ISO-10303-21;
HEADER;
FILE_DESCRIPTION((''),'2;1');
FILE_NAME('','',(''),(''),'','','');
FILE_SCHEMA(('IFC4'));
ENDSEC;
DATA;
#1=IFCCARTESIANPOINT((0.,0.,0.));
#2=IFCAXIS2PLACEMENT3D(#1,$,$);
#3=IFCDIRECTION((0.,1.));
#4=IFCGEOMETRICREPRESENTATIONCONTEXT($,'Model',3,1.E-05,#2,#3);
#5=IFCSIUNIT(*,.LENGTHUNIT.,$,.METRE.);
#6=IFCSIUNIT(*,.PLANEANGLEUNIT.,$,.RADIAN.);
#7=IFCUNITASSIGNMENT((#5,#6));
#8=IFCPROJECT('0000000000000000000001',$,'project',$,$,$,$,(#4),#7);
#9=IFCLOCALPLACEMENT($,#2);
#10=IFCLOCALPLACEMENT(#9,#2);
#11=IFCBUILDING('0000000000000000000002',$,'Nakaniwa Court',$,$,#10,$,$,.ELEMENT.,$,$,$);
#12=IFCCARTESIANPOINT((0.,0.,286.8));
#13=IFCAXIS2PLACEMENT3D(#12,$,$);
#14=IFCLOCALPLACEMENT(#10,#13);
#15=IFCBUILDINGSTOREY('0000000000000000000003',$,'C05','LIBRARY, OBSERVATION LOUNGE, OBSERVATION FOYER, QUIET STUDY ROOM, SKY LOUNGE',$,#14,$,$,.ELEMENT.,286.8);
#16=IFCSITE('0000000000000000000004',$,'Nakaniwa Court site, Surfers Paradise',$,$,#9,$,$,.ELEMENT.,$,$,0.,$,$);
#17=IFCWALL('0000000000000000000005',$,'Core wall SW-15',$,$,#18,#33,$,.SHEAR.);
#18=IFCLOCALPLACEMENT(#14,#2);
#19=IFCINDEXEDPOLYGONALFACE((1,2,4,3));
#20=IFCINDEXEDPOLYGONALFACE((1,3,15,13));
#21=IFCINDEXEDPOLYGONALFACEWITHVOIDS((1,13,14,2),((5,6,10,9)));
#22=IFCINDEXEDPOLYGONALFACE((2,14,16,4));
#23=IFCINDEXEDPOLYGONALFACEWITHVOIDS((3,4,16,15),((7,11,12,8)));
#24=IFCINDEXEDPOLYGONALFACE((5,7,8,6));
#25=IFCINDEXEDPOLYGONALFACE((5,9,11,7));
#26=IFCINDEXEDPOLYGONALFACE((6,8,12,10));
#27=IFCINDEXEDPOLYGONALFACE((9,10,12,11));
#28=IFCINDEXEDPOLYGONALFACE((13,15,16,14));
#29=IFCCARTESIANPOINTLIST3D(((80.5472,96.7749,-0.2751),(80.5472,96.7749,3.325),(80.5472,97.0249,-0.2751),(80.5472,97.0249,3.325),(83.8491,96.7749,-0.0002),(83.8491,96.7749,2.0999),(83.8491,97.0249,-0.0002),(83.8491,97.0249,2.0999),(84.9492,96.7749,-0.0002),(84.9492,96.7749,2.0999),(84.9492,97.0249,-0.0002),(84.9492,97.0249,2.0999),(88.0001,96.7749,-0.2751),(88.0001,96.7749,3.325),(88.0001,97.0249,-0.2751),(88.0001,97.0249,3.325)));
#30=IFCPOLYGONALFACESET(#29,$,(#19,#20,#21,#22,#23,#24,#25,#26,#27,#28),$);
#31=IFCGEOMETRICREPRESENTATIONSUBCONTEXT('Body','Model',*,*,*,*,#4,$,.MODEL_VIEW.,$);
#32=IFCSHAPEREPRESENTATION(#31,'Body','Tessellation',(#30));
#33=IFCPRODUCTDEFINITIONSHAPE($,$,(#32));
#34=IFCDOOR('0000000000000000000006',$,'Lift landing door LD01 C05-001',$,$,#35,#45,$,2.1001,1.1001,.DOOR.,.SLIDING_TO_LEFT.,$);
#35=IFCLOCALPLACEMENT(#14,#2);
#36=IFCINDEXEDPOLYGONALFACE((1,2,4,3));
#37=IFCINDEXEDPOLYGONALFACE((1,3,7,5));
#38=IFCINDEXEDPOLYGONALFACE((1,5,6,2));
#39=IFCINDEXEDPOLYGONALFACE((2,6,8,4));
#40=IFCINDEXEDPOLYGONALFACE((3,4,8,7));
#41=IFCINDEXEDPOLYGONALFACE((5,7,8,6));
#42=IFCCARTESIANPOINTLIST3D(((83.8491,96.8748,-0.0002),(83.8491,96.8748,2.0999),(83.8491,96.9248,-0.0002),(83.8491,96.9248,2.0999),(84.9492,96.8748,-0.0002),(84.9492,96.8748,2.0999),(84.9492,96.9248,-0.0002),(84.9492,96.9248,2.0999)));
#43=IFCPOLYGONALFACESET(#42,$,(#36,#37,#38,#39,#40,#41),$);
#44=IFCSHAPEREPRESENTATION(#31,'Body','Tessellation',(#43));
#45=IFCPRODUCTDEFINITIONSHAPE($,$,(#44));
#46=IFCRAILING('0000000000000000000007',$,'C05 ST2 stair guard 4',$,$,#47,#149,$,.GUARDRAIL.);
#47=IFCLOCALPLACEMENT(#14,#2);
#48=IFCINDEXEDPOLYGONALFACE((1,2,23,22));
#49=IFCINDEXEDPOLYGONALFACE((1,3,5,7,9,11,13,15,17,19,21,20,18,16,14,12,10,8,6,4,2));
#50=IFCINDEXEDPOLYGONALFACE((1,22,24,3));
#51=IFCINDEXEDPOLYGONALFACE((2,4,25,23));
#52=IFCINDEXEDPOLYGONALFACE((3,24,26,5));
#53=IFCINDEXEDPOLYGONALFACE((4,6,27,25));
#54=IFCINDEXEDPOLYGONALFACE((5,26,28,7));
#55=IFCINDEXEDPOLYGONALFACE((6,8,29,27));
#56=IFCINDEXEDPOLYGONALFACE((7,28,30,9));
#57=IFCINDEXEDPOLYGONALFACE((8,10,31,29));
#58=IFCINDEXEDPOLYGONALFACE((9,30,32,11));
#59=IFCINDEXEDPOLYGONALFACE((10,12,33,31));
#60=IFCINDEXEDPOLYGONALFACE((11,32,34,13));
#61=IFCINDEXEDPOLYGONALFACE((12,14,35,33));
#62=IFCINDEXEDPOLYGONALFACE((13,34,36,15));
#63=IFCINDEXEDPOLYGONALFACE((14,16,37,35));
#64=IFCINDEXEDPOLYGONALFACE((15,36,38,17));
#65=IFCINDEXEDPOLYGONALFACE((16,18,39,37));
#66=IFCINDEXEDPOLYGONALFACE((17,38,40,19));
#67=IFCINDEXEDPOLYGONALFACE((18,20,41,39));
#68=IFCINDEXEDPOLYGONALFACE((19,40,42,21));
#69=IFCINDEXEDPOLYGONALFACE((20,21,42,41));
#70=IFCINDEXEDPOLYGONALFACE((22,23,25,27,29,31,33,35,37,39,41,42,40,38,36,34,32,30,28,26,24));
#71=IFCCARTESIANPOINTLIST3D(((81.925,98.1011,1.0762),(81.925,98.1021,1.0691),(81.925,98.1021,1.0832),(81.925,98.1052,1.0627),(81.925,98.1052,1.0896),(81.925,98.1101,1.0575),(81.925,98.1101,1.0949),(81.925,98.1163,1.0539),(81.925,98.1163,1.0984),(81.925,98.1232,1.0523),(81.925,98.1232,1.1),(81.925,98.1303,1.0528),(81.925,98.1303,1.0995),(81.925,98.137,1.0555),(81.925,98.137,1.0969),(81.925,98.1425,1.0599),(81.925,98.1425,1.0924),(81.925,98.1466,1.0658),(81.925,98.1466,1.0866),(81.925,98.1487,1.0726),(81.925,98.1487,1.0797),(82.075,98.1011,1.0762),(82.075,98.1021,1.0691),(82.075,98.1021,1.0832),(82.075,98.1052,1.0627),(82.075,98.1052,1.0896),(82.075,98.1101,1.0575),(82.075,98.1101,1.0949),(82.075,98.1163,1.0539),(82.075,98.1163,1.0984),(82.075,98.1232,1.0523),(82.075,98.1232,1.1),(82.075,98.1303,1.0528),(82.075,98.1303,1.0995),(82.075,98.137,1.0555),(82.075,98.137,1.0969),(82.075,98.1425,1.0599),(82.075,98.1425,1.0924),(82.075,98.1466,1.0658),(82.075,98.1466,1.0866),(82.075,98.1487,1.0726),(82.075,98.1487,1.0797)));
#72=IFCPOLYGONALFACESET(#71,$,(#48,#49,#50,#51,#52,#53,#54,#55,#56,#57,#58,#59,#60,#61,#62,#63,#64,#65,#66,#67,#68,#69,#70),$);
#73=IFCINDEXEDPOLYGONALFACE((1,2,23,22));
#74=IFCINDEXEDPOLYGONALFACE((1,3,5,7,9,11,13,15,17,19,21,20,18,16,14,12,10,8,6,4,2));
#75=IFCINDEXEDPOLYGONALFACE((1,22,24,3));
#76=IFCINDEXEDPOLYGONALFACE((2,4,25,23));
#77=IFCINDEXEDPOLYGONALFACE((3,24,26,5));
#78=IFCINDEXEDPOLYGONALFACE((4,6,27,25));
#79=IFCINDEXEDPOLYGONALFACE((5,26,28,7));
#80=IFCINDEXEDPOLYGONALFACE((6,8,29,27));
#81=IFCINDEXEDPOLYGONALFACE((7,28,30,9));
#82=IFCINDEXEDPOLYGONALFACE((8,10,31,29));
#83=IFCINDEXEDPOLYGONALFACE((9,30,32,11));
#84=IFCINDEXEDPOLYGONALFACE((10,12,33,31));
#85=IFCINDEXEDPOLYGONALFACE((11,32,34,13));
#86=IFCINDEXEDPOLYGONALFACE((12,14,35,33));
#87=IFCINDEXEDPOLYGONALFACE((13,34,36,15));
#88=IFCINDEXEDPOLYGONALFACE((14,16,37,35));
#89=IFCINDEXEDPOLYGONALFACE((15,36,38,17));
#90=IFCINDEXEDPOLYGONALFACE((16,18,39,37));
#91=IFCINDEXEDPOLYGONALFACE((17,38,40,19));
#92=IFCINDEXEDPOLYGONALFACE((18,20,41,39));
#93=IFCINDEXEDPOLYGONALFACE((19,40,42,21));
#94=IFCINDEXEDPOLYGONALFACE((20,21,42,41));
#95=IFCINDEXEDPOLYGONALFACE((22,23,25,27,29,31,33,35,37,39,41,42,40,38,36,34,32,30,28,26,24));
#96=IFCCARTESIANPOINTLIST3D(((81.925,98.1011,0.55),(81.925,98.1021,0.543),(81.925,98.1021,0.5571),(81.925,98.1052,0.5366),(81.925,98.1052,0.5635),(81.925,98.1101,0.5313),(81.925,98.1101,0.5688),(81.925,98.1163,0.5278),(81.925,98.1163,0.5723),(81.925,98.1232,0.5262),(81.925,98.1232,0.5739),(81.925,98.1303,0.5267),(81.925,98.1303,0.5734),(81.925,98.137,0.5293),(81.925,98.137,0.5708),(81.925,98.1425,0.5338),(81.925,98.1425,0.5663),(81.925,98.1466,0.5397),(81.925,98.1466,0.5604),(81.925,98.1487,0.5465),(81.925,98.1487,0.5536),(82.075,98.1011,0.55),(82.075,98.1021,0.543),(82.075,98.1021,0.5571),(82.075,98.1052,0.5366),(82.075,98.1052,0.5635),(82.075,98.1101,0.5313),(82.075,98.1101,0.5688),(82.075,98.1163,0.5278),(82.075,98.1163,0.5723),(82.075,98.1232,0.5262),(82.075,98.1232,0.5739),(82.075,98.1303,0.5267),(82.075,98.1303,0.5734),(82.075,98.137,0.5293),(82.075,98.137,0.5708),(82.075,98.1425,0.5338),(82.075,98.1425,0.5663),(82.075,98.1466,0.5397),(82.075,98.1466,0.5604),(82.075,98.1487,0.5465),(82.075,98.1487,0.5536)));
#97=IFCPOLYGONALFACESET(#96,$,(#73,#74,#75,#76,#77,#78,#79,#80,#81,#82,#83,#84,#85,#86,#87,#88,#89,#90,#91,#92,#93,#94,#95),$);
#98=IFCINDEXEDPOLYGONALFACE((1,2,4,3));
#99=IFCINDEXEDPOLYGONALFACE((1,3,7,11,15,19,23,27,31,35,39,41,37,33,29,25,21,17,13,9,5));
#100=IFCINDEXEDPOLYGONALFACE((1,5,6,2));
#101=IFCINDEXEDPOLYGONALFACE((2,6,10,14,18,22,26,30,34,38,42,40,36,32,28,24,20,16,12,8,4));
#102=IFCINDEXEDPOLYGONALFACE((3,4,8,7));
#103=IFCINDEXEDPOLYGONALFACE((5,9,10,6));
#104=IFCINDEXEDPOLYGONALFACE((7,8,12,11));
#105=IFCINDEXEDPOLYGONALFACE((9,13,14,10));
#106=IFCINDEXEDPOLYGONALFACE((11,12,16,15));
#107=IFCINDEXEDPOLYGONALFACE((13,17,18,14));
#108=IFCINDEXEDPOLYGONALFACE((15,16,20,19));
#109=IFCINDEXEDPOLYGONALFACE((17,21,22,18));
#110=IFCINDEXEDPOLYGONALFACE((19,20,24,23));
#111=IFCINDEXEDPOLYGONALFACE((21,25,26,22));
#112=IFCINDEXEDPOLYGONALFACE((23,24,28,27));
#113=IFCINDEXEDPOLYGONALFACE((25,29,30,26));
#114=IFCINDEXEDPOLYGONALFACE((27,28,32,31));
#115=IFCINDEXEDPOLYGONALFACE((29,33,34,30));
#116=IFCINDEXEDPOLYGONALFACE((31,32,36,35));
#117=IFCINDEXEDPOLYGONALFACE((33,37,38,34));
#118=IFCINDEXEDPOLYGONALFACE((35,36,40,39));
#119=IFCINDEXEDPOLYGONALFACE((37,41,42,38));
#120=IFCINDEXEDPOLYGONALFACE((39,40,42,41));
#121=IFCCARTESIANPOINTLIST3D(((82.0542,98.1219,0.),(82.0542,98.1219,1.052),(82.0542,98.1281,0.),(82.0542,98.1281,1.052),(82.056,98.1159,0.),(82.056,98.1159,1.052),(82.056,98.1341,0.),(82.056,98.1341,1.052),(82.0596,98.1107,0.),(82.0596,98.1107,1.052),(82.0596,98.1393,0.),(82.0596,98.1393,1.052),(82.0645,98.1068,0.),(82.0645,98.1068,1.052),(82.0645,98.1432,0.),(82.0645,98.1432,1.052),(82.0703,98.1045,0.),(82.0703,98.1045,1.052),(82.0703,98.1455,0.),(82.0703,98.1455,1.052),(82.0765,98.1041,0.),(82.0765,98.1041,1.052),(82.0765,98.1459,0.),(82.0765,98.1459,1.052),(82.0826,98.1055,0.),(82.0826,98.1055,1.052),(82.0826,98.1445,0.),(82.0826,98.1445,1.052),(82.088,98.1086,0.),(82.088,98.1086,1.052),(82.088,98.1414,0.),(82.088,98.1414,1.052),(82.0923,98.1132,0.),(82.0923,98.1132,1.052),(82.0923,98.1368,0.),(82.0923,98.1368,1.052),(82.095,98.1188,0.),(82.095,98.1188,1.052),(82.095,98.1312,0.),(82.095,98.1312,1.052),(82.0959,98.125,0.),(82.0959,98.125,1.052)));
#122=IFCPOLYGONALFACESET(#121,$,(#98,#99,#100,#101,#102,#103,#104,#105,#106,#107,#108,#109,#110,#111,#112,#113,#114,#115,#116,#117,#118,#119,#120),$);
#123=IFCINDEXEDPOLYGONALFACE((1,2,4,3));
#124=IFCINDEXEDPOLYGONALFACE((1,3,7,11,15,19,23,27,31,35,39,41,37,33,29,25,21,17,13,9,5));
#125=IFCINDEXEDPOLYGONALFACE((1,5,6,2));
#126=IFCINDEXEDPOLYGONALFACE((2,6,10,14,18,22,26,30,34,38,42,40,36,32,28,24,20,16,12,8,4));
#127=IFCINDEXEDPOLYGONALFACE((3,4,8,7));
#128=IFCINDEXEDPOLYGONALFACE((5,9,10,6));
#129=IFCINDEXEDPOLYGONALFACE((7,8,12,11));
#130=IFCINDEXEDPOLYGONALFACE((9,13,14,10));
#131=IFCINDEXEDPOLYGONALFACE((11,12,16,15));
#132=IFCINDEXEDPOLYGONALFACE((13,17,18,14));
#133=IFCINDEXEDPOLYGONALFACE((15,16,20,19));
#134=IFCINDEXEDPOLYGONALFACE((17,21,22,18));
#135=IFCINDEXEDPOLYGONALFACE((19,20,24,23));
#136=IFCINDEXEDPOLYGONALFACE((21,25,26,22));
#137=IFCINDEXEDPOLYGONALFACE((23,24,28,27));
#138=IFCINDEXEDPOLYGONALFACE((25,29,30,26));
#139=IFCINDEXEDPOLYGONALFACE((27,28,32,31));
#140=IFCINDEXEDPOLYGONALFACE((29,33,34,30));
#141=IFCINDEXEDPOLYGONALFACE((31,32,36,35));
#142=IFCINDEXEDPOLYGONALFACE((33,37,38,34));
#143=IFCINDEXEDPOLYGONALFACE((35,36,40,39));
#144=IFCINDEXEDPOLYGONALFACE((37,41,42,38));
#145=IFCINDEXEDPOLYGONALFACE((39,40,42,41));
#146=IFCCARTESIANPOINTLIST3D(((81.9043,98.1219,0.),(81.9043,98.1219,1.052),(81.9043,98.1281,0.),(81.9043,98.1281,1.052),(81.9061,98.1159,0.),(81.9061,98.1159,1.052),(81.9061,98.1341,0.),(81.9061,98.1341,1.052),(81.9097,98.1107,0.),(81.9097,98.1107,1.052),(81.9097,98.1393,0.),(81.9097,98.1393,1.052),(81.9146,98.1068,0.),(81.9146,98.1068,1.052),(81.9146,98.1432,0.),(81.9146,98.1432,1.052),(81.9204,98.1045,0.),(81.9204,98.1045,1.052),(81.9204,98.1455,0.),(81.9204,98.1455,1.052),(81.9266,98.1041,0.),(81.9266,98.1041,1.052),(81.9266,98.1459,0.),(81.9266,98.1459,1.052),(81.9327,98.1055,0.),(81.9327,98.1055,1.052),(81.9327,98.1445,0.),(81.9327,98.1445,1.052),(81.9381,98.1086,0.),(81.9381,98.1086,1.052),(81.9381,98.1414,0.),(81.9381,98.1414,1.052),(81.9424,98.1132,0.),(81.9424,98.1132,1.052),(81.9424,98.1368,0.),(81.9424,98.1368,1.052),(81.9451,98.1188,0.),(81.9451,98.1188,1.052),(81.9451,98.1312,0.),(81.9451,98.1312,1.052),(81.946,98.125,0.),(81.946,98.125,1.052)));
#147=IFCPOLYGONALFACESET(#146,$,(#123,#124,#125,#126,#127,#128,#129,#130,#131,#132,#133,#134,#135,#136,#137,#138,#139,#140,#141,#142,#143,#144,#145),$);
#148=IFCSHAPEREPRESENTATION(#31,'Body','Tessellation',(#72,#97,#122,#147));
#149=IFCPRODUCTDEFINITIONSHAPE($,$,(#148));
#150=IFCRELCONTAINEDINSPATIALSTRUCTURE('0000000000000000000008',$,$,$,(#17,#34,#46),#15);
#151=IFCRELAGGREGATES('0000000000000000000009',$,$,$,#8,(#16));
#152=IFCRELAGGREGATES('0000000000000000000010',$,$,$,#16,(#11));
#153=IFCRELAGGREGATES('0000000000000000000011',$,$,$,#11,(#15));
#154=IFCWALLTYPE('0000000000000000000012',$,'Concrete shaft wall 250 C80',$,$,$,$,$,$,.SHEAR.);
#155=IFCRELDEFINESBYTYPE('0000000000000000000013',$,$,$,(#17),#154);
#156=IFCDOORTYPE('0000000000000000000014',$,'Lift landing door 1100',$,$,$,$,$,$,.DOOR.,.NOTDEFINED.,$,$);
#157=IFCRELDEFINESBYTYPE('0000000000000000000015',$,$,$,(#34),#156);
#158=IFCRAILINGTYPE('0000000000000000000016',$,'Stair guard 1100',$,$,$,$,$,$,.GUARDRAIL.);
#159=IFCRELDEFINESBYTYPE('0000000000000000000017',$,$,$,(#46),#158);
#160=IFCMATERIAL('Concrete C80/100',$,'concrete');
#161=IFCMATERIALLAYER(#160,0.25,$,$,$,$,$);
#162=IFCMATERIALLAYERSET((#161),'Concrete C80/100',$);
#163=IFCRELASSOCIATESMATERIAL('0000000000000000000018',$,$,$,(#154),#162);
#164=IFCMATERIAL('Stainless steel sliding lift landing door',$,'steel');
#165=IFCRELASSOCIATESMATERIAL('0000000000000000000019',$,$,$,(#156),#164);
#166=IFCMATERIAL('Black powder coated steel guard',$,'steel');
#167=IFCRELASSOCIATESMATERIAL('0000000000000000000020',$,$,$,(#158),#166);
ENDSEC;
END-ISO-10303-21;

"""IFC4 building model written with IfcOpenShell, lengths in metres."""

from ifc_helpers import new_model, si_unit, direction, frame, frame_2d, origin, origin_2d, place, context, subcontext, project, spatial, rectangle, circle, extrude, material, layer, layer_set, type_object, element, fill, save


model = new_model("IFC4")

# Units and contexts
model_context = context("Model", 3, precision=1e-05, world=origin(), true_north=direction((0.0, 1.0)))
body_context = subcontext(model_context, "Body", "Model", "MODEL_VIEW")
ifc_project = project(units=[si_unit("LENGTHUNIT", "METRE"), si_unit("PLANEANGLEUNIT", "RADIAN")], contexts=[model_context])

# Site, building, storey
site_placement = place(None, origin())
site = spatial("IfcSite", under=ifc_project, at=site_placement, Name="Nakaniwa Court site, Surfers Paradise", CompositionType="ELEMENT", RefElevation=0.0)
building_placement = place(site_placement, origin())
building = spatial("IfcBuilding", under=site, at=building_placement, Name="Nakaniwa Court", CompositionType="ELEMENT")
storey_placement = place(building_placement, frame((0.0, 0.0, 286.8)))
storey = spatial("IfcBuildingStorey", under=building, at=storey_placement, Name="C05", Description="LIBRARY, OBSERVATION LOUNGE, OBSERVATION FOYER, QUIET STUDY ROOM, SKY LOUNGE", CompositionType="ELEMENT", Elevation=286.8)

# Shared definitions
ifc_material_1 = material(Name="Concrete C80/100", Category="concrete")

# Shared definitions
ifc_layer_1 = layer(ifc_material_1, 0.25)
ifc_layer_set_1 = layer_set([ifc_layer_1], Name="Concrete C80/100")
wall_type_1 = type_object("IfcWallType", Name="Concrete shaft wall 250 C80", PredefinedType="SHEAR", material=ifc_layer_set_1)

# Wall, opening, door
wall_1_placement = place(storey_placement, frame((80.5471, 96.8999, -0.2751), z_axis=(0.0, 0.0, 1.0), x_axis=(1.0, 0.0, 0.0)))
wall_1 = element("IfcWall", 1, at=wall_1_placement, inside=storey, type_object=wall_type_1, Name="Core wall SW-15", PredefinedType="SHEAR", context=body_context, shape_type="SweptSolid", body=[
    extrude(rectangle(XDim=7.4529, YDim=0.25, at=frame_2d((3.7266, 0.0))), origin(), (0.0, 0.0, 1.0), 3.6001),
])
opening_1_placement = place(wall_1_placement, frame((3.302, 0.0, 0.2749)))
opening_1 = element("IfcOpeningElement", 2, at=opening_1_placement, cuts=wall_1, PredefinedType="OPENING", context=body_context, shape_type="SweptSolid", body=[
    extrude(rectangle(XDim=1.1001, YDim=2.1001, at=frame_2d((0.55, 1.05))), frame((0.0, 0.135, 0.0), z_axis=(0.0, -1.0, 0.0), x_axis=(1.0, 0.0, 0.0)), (0.0, 0.0, 1.0), 0.27),
])
ifc_material_2 = material(Name="Stainless steel sliding lift landing door", Category="steel")
door_type_1 = type_object("IfcDoorType", Name="Lift landing door 1100", OperationType="NOTDEFINED", PredefinedType="DOOR", material=ifc_material_2)
door_1_placement = place(opening_1_placement, origin())
door_1 = element("IfcDoor", 3, at=door_1_placement, inside=storey, type_object=door_type_1, Name="Lift landing door LD01 C05-001", OperationType="SLIDING_TO_LEFT", OverallHeight=2.1001, OverallWidth=1.1001, PredefinedType="DOOR", context=body_context, shape_type="SweptSolid", body=[
    extrude(rectangle(XDim=1.1001, YDim=2.1001, at=frame_2d((0.55, 1.05))), frame((0.0, 0.0249, 0.0), z_axis=(0.0, -1.0, 0.0), x_axis=(1.0, 0.0, 0.0)), (0.0, 0.0, 1.0), 0.05),
])
fill(opening_1, door_1)

# Railing
ifc_material_3 = material(Name="Black powder coated steel guard", Category="steel")
railing_type = type_object("IfcRailingType", Name="Stair guard 1100", PredefinedType="GUARDRAIL", material=ifc_material_3)
railing_placement = place(storey_placement, frame((82.075, 98.125, 0.0)))
element("IfcRailing", 4, at=railing_placement, inside=storey, type_object=railing_type, Name="C05 ST2 stair guard 4", PredefinedType="GUARDRAIL", context=body_context, shape_type="SweptSolid", body=[
    extrude(circle(Radius=0.0239, at=origin_2d()), frame((0.0, 0.0, 1.0762), z_axis=(-1.0, 0.0, 0.0), x_axis=(0.0, -1.0, 0.0)), (0.0, 0.0, 1.0), 0.1499),
    extrude(circle(Radius=0.0239, at=origin_2d()), frame((0.0, 0.0, 0.55), z_axis=(-1.0, 0.0, 0.0), x_axis=(0.0, -1.0, 0.0)), (0.0, 0.0, 1.0), 0.1499),
    extrude(circle(Radius=0.021, at=origin_2d()), origin(), (0.0, 0.0, 1.0), 1.052),
    extrude(circle(Radius=0.021, at=origin_2d()), frame((-0.1499, 0.0, 0.0)), (0.0, 0.0, 1.0), 1.052),
])

save(model, "model.ifc")
